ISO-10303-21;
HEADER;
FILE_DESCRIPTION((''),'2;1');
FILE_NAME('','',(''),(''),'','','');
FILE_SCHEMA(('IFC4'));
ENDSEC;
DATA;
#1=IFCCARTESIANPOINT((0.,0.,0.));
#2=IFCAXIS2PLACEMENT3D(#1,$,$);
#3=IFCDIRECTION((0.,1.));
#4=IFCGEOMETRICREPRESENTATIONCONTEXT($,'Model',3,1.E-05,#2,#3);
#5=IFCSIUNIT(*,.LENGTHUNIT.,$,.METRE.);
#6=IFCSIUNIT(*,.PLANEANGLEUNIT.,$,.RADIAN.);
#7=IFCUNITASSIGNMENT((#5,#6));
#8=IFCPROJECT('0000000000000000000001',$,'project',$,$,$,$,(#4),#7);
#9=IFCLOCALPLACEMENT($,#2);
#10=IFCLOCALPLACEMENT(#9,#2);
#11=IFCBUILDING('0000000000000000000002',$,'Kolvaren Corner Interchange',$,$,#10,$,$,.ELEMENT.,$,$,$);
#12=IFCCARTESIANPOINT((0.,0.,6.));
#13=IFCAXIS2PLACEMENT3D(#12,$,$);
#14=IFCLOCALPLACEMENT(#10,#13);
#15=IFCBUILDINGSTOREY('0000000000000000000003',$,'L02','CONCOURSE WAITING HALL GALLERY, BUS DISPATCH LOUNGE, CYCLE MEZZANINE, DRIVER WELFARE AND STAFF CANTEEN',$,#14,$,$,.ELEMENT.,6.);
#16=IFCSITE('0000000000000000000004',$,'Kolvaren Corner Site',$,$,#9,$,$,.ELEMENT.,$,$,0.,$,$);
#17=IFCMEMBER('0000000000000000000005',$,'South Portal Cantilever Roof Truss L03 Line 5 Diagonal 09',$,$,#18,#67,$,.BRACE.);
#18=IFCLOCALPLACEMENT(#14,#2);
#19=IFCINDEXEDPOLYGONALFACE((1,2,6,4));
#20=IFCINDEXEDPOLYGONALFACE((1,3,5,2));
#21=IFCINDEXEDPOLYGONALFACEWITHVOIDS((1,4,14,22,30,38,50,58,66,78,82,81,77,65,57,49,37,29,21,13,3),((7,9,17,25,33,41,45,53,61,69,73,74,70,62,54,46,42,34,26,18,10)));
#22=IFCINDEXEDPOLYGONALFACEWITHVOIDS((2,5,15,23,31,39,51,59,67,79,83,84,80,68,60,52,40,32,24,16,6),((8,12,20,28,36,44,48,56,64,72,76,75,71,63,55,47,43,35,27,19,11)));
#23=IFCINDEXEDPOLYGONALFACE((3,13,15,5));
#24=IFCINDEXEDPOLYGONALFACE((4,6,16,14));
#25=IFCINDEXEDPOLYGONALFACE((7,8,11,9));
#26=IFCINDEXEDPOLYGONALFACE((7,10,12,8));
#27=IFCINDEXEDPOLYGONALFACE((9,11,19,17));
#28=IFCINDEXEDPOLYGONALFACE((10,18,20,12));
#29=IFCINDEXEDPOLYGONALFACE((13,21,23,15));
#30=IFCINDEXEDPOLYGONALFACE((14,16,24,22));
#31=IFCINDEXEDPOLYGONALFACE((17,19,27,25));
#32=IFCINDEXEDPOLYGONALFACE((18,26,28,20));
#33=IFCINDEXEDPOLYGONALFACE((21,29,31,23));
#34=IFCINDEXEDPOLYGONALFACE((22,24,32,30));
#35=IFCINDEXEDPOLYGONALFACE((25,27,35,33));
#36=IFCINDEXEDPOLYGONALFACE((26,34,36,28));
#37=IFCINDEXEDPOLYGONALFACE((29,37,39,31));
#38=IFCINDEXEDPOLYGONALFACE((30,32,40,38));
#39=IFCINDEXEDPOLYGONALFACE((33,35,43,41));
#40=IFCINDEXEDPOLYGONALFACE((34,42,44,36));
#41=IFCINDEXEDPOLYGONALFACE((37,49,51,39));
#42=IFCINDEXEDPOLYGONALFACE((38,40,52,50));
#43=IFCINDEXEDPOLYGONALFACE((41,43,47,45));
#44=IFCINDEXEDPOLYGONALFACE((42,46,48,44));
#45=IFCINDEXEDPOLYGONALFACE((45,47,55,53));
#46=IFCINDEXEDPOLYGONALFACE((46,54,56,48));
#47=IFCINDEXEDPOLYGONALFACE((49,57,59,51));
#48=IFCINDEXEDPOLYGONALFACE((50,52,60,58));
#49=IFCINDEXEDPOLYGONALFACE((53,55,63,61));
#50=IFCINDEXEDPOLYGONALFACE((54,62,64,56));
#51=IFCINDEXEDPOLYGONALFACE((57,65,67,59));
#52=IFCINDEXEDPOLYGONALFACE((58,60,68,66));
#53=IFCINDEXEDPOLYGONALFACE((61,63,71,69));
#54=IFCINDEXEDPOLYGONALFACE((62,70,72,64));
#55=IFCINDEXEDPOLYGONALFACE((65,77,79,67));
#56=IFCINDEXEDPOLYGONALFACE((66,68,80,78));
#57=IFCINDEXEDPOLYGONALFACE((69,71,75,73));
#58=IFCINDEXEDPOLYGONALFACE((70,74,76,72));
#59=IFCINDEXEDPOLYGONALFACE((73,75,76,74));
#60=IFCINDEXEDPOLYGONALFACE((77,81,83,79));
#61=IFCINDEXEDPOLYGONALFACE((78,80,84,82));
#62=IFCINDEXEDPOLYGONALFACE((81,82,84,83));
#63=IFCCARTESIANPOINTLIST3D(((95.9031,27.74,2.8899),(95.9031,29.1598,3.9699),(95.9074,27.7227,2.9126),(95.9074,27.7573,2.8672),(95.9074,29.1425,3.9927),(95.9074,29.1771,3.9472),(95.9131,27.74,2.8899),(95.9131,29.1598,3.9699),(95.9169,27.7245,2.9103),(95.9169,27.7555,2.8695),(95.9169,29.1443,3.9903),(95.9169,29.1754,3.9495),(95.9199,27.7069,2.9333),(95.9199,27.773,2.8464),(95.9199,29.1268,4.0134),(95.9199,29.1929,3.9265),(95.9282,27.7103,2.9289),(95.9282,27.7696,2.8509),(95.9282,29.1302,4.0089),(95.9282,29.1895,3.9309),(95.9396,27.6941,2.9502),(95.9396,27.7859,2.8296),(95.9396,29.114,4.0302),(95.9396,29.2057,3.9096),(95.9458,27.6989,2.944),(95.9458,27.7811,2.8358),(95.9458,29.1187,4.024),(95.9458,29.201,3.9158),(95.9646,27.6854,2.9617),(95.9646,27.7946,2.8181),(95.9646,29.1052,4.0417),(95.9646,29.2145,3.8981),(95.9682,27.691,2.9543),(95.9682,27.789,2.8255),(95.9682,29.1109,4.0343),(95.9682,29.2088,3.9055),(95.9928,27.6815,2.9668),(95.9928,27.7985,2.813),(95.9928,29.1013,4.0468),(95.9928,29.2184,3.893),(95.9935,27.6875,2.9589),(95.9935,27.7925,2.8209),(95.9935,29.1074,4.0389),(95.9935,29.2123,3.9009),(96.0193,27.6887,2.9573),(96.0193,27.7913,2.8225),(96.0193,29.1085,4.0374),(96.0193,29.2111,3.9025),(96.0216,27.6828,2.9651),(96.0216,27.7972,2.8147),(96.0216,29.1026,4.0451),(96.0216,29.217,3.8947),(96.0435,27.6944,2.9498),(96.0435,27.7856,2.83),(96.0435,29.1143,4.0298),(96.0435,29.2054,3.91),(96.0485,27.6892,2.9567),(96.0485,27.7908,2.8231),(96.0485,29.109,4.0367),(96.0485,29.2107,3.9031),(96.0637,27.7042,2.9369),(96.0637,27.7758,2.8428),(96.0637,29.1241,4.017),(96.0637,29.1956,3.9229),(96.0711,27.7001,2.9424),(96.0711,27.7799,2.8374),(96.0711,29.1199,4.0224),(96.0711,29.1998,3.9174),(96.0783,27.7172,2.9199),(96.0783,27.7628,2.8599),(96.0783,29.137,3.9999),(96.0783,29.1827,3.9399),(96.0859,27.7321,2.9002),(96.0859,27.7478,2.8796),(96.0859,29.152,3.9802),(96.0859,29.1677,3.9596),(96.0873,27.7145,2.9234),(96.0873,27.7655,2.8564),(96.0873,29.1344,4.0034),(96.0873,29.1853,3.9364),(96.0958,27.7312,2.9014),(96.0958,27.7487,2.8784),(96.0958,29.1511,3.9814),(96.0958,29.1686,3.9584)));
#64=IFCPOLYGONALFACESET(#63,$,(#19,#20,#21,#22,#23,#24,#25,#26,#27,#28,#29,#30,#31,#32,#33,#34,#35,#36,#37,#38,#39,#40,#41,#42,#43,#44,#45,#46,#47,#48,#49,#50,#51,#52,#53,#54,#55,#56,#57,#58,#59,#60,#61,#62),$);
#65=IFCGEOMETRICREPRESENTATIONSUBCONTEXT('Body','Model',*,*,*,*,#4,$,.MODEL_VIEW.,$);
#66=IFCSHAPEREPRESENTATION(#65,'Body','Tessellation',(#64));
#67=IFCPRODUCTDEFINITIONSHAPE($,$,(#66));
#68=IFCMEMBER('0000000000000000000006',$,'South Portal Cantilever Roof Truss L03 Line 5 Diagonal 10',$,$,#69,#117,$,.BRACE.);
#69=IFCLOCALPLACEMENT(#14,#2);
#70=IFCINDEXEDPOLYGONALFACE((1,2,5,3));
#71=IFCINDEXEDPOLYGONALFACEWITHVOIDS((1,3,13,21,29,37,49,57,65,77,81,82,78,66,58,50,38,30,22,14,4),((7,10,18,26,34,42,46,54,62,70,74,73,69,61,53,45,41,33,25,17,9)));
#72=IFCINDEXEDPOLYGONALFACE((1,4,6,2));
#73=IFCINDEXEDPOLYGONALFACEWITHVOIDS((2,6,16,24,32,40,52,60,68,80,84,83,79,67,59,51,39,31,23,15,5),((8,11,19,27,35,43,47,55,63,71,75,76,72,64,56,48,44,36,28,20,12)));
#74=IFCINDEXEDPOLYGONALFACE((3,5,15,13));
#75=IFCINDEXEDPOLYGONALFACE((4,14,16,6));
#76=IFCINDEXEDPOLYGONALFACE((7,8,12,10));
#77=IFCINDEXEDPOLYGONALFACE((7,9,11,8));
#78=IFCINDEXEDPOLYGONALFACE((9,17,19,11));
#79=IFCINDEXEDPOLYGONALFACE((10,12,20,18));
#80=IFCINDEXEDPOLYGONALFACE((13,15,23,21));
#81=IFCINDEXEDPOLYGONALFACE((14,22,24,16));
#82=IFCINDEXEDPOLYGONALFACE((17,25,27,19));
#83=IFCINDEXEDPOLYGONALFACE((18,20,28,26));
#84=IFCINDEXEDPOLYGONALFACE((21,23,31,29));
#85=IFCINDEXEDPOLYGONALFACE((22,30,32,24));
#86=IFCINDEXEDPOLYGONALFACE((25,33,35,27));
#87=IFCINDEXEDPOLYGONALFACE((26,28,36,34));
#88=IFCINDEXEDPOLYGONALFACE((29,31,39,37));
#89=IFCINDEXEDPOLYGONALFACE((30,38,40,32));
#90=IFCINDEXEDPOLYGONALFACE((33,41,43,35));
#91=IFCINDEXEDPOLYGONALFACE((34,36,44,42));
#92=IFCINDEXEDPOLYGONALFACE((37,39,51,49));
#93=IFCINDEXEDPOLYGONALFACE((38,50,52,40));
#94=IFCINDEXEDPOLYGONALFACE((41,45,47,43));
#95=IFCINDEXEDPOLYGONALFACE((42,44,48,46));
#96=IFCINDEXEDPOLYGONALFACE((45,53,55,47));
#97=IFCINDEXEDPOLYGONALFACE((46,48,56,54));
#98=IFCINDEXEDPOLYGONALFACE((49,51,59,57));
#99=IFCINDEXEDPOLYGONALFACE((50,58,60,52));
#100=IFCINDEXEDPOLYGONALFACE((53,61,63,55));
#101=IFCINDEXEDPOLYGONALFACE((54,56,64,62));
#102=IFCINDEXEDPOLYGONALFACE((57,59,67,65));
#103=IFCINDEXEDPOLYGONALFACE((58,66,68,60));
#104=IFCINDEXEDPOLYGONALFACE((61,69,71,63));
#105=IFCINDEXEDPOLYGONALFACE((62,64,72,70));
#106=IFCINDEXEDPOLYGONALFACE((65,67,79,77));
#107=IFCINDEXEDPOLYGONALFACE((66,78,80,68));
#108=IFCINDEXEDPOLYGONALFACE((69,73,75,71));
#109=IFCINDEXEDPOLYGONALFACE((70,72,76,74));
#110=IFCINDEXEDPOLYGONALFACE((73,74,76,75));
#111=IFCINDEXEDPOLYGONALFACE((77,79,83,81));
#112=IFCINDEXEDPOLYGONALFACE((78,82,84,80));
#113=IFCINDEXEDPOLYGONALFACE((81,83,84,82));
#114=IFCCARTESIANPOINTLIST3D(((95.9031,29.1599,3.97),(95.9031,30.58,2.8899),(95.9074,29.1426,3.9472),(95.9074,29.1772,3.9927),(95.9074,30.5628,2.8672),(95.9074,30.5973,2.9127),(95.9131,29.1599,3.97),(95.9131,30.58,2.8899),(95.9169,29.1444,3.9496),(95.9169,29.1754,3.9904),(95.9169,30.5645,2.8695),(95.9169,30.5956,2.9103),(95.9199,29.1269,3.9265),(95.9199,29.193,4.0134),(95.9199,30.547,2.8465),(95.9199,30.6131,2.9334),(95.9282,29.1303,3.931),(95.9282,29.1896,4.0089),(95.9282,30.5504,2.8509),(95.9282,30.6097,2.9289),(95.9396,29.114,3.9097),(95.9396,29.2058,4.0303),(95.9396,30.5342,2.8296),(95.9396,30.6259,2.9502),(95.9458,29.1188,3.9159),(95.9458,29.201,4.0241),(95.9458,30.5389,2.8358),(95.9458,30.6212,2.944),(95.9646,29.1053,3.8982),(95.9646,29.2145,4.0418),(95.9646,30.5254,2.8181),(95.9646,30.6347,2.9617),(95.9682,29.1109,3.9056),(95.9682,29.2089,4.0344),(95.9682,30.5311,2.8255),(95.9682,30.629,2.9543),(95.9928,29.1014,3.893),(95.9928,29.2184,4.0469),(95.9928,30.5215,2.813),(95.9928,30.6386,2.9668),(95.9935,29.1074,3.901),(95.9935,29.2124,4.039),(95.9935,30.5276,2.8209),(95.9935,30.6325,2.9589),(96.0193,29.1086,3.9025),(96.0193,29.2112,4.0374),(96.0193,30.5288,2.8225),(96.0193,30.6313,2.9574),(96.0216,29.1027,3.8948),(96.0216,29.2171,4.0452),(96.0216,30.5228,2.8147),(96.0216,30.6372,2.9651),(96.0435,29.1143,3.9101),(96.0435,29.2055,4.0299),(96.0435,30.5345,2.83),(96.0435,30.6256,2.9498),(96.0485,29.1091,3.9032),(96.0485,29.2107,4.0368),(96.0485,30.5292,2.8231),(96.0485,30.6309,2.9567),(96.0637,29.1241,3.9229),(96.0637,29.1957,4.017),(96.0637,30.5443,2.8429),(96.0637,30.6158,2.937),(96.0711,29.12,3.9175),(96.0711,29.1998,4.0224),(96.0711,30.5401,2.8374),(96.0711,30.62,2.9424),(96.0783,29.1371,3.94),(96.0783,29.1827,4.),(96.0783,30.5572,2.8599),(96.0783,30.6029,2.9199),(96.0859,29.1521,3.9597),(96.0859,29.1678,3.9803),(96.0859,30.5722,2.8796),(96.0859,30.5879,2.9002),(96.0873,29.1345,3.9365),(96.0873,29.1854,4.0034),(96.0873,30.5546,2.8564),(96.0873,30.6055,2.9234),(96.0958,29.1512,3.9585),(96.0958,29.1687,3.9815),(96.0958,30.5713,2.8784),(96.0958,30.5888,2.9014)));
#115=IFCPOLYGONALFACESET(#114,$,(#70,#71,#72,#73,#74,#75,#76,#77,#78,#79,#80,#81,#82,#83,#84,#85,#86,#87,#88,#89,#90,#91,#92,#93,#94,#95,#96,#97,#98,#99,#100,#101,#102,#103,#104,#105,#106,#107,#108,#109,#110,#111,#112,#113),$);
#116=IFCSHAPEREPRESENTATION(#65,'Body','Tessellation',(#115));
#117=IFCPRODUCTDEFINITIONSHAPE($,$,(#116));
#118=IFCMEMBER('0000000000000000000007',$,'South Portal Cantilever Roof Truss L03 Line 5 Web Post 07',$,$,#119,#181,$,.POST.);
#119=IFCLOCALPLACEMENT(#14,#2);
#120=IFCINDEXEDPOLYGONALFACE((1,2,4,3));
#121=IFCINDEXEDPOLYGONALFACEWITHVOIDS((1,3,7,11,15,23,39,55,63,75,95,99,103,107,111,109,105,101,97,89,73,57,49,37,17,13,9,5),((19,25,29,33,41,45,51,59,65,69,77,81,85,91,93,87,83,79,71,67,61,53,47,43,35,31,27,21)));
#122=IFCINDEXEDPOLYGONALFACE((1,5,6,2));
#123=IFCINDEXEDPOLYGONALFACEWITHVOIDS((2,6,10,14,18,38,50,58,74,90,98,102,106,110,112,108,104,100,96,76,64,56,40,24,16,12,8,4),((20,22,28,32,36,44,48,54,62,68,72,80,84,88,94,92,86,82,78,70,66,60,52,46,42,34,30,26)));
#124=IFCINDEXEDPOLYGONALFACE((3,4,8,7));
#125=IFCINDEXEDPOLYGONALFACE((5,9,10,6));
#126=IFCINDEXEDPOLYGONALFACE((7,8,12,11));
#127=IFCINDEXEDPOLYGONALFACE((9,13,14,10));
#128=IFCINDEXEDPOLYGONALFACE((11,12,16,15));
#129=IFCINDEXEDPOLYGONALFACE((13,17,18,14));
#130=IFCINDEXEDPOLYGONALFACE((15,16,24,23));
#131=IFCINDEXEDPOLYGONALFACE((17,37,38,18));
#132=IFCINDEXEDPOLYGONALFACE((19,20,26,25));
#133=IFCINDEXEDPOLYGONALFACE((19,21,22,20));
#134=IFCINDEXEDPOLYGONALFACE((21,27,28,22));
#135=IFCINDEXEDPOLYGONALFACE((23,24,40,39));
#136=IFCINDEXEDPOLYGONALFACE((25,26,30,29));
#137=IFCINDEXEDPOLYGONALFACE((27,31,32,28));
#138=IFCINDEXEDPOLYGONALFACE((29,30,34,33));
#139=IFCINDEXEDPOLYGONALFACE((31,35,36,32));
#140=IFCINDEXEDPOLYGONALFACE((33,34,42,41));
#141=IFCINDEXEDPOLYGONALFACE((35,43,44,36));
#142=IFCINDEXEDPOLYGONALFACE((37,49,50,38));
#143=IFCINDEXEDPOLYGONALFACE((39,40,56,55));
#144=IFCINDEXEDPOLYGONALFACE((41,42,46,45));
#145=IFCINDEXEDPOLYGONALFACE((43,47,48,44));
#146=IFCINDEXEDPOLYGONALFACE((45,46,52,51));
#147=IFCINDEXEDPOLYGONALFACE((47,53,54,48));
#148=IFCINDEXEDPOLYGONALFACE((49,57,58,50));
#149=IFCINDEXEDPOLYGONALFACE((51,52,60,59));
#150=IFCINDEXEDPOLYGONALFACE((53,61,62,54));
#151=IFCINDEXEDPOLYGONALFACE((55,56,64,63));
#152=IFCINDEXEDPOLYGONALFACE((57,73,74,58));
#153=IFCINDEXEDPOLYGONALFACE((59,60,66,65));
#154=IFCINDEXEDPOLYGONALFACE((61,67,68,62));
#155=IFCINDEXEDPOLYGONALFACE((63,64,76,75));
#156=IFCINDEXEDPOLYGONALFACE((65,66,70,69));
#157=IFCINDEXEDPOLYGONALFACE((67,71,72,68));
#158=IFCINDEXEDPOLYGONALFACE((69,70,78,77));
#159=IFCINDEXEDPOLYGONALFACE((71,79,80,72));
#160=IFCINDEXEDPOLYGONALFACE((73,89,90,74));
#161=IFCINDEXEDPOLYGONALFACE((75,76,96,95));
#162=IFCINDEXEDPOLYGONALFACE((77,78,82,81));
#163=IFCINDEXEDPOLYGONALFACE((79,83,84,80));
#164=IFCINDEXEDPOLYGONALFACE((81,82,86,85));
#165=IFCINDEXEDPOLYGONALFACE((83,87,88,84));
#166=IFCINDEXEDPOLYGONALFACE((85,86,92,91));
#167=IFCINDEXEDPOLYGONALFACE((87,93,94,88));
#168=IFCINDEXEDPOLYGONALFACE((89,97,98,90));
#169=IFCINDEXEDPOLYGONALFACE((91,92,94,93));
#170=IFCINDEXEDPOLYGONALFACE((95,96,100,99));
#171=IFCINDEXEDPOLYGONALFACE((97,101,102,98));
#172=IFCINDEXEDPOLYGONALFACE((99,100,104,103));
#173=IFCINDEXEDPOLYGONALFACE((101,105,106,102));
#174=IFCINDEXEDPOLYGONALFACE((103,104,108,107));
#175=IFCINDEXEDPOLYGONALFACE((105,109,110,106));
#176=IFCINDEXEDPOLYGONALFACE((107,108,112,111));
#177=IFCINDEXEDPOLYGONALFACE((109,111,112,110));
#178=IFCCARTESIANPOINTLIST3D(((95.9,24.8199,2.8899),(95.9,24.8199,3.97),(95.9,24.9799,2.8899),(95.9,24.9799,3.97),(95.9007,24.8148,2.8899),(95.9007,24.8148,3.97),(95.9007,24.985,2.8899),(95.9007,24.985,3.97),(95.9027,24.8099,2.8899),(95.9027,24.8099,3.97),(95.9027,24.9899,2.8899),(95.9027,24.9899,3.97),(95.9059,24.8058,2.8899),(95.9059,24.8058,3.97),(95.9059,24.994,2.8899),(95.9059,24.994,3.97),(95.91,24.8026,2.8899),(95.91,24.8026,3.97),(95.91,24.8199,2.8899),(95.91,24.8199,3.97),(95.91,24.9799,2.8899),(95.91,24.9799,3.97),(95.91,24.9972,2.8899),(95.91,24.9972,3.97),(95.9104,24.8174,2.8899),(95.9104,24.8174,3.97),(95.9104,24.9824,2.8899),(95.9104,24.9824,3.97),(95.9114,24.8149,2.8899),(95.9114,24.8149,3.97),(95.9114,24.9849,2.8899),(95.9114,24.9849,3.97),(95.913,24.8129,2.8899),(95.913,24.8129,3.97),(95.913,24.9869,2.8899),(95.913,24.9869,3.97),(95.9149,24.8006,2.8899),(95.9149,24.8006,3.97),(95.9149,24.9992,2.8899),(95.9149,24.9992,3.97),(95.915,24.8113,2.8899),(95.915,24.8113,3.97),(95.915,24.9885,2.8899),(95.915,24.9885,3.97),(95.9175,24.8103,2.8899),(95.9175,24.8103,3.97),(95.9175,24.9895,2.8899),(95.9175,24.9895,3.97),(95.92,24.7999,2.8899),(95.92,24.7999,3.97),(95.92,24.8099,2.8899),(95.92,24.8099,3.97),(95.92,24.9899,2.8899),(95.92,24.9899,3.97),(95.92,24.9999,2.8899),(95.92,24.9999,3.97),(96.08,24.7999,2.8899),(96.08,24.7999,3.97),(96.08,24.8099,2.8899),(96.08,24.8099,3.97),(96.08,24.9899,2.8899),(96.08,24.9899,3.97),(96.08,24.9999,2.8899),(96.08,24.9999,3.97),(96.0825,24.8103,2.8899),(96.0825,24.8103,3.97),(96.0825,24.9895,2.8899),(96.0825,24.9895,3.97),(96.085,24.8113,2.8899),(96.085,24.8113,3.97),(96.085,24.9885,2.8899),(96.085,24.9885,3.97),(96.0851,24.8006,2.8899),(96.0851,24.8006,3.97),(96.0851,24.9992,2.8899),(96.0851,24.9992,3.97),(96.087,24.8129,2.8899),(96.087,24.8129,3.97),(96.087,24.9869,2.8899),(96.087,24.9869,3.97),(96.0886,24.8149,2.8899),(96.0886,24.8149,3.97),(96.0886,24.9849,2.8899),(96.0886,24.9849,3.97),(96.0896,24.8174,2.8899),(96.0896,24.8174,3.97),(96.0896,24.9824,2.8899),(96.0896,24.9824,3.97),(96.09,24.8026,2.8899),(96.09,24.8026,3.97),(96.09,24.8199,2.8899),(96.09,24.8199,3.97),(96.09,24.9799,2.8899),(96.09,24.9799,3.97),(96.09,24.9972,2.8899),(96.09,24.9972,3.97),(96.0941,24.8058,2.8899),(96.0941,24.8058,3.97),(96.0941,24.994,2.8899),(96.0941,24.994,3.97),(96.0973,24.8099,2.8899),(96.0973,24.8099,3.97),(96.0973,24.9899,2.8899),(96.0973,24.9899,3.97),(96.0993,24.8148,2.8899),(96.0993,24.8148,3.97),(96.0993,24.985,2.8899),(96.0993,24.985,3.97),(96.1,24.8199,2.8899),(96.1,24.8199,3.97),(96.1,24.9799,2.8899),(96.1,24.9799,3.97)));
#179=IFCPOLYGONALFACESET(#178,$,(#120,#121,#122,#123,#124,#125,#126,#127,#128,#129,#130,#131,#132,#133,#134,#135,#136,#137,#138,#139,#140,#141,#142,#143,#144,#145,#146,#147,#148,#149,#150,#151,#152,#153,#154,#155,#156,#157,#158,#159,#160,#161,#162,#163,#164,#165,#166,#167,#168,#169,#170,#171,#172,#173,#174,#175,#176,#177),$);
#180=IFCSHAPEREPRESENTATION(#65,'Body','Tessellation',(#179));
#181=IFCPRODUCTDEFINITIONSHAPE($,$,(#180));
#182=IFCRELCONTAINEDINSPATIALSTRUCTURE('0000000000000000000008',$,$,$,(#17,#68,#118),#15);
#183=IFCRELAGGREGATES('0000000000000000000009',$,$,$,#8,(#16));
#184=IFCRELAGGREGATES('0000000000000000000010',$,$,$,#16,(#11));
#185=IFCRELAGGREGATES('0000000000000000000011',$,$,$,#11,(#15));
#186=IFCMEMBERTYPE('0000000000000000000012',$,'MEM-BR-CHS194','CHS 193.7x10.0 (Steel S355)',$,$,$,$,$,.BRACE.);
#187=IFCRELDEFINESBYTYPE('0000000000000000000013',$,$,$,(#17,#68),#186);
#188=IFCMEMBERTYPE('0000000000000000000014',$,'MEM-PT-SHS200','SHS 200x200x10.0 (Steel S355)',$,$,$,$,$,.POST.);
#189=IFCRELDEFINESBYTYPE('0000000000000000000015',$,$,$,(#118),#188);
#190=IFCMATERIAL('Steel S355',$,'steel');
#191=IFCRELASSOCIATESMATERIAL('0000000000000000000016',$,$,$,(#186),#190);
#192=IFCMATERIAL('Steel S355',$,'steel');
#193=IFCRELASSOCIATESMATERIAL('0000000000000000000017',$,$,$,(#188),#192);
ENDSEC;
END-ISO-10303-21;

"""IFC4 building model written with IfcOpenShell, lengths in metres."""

from ifc_helpers import new_model, si_unit, direction, frame, origin, origin_2d, place, context, subcontext, project, spatial, hollow_rectangle, hollow_circle, extrude, material, material_profile, profile_set, type_object, element, save


model = new_model("IFC4")

# Units and contexts
model_context = context("Model", 3, precision=1e-05, world=origin(), true_north=direction((0.0, 1.0)))
body_context = subcontext(model_context, "Body", "Model", "MODEL_VIEW")
ifc_project = project(units=[si_unit("LENGTHUNIT", "METRE"), si_unit("PLANEANGLEUNIT", "RADIAN")], contexts=[model_context])

# Site, building, storey
site_placement = place(None, origin())
site = spatial("IfcSite", under=ifc_project, at=site_placement, Name="Kolvaren Corner Site", CompositionType="ELEMENT", RefElevation=0.0)
building_placement = place(site_placement, origin())
building = spatial("IfcBuilding", under=site, at=building_placement, Name="Kolvaren Corner Interchange", CompositionType="ELEMENT")
storey_placement = place(building_placement, frame((0.0, 0.0, 6.0)))
storey = spatial("IfcBuildingStorey", under=building, at=storey_placement, Name="L02", Description="CONCOURSE WAITING HALL GALLERY, BUS DISPATCH LOUNGE, CYCLE MEZZANINE, DRIVER WELFARE AND STAFF CANTEEN", CompositionType="ELEMENT", Elevation=6.0)

# Members
ifc_material_1 = material(Name="Steel S355", Category="steel")
ifc_material_profile_1 = material_profile(ifc_material_1, hollow_circle(Radius=0.0969, WallThickness=0.01, at=origin_2d()), Name="CHS 193.7x10.0")
ifc_profile_set_1 = profile_set([ifc_material_profile_1], Name="Steel S355")
member_type_1 = type_object("IfcMemberType", Name="MEM-BR-CHS194", Description="CHS 193.7x10.0 (Steel S355)", PredefinedType="BRACE", material=ifc_profile_set_1)
for number, where, z_axis, x_axis, name in (
    (1, (96.0, 27.74, 2.8899), (0.0, 0.795909, 0.605416), (-1.0, 0.0, 0.0), "South Portal Cantilever Roof Truss L03 Line 5 Diagonal 09"),
):
    element("IfcMember", number, at=place(storey_placement, frame(where, z_axis=z_axis, x_axis=x_axis)), inside=storey, type_object=member_type_1, Name=name, PredefinedType="BRACE", context=body_context, shape_type="SweptSolid", body=[
        extrude(hollow_circle(Radius=0.0969, WallThickness=0.01, at=origin_2d()), origin(), (0.0, 0.0, 1.0), 1.7839),
    ])
member_1_placement = place(storey_placement, frame((96.0, 29.1599, 3.97), z_axis=(0.0, 0.795959, -0.60535), x_axis=(-1.0, 0.0, 0.0)))
element("IfcMember", 2, at=member_1_placement, inside=storey, type_object=member_type_1, Name="South Portal Cantilever Roof Truss L03 Line 5 Diagonal 10", PredefinedType="BRACE", context=body_context, shape_type="SweptSolid", body=[
    extrude(hollow_circle(Radius=0.0969, WallThickness=0.01, at=origin_2d()), origin(), (0.0, 0.0, 1.0), 1.7842),
])
ifc_material_2 = material(Name="Steel S355", Category="steel")
ifc_material_profile_2 = material_profile(ifc_material_2, hollow_rectangle(XDim=0.2, YDim=0.2, WallThickness=0.01, InnerFilletRadius=0.01, OuterFilletRadius=0.02, at=origin_2d()), Name="SHS 200x200x10.0")
ifc_profile_set_2 = profile_set([ifc_material_profile_2], Name="Steel S355")
member_type_2 = type_object("IfcMemberType", Name="MEM-PT-SHS200", Description="SHS 200x200x10.0 (Steel S355)", PredefinedType="POST", material=ifc_profile_set_2)
for number, where, z_axis, x_axis, name in (
    (3, (96.0, 24.8999, 2.8899), (0.0, 0.0, 1.0), (1.0, 0.0, 0.0), "South Portal Cantilever Roof Truss L03 Line 5 Web Post 07"),
):
    element("IfcMember", number, at=place(storey_placement, frame(where, z_axis=z_axis, x_axis=x_axis)), inside=storey, type_object=member_type_2, Name=name, PredefinedType="POST", context=body_context, shape_type="SweptSolid", body=[
        extrude(hollow_rectangle(XDim=0.2, YDim=0.2, WallThickness=0.01, InnerFilletRadius=0.01, OuterFilletRadius=0.02, at=origin_2d()), origin(), (0.0, 0.0, 1.0), 1.0801),
    ])

save(model, "model.ifc")
